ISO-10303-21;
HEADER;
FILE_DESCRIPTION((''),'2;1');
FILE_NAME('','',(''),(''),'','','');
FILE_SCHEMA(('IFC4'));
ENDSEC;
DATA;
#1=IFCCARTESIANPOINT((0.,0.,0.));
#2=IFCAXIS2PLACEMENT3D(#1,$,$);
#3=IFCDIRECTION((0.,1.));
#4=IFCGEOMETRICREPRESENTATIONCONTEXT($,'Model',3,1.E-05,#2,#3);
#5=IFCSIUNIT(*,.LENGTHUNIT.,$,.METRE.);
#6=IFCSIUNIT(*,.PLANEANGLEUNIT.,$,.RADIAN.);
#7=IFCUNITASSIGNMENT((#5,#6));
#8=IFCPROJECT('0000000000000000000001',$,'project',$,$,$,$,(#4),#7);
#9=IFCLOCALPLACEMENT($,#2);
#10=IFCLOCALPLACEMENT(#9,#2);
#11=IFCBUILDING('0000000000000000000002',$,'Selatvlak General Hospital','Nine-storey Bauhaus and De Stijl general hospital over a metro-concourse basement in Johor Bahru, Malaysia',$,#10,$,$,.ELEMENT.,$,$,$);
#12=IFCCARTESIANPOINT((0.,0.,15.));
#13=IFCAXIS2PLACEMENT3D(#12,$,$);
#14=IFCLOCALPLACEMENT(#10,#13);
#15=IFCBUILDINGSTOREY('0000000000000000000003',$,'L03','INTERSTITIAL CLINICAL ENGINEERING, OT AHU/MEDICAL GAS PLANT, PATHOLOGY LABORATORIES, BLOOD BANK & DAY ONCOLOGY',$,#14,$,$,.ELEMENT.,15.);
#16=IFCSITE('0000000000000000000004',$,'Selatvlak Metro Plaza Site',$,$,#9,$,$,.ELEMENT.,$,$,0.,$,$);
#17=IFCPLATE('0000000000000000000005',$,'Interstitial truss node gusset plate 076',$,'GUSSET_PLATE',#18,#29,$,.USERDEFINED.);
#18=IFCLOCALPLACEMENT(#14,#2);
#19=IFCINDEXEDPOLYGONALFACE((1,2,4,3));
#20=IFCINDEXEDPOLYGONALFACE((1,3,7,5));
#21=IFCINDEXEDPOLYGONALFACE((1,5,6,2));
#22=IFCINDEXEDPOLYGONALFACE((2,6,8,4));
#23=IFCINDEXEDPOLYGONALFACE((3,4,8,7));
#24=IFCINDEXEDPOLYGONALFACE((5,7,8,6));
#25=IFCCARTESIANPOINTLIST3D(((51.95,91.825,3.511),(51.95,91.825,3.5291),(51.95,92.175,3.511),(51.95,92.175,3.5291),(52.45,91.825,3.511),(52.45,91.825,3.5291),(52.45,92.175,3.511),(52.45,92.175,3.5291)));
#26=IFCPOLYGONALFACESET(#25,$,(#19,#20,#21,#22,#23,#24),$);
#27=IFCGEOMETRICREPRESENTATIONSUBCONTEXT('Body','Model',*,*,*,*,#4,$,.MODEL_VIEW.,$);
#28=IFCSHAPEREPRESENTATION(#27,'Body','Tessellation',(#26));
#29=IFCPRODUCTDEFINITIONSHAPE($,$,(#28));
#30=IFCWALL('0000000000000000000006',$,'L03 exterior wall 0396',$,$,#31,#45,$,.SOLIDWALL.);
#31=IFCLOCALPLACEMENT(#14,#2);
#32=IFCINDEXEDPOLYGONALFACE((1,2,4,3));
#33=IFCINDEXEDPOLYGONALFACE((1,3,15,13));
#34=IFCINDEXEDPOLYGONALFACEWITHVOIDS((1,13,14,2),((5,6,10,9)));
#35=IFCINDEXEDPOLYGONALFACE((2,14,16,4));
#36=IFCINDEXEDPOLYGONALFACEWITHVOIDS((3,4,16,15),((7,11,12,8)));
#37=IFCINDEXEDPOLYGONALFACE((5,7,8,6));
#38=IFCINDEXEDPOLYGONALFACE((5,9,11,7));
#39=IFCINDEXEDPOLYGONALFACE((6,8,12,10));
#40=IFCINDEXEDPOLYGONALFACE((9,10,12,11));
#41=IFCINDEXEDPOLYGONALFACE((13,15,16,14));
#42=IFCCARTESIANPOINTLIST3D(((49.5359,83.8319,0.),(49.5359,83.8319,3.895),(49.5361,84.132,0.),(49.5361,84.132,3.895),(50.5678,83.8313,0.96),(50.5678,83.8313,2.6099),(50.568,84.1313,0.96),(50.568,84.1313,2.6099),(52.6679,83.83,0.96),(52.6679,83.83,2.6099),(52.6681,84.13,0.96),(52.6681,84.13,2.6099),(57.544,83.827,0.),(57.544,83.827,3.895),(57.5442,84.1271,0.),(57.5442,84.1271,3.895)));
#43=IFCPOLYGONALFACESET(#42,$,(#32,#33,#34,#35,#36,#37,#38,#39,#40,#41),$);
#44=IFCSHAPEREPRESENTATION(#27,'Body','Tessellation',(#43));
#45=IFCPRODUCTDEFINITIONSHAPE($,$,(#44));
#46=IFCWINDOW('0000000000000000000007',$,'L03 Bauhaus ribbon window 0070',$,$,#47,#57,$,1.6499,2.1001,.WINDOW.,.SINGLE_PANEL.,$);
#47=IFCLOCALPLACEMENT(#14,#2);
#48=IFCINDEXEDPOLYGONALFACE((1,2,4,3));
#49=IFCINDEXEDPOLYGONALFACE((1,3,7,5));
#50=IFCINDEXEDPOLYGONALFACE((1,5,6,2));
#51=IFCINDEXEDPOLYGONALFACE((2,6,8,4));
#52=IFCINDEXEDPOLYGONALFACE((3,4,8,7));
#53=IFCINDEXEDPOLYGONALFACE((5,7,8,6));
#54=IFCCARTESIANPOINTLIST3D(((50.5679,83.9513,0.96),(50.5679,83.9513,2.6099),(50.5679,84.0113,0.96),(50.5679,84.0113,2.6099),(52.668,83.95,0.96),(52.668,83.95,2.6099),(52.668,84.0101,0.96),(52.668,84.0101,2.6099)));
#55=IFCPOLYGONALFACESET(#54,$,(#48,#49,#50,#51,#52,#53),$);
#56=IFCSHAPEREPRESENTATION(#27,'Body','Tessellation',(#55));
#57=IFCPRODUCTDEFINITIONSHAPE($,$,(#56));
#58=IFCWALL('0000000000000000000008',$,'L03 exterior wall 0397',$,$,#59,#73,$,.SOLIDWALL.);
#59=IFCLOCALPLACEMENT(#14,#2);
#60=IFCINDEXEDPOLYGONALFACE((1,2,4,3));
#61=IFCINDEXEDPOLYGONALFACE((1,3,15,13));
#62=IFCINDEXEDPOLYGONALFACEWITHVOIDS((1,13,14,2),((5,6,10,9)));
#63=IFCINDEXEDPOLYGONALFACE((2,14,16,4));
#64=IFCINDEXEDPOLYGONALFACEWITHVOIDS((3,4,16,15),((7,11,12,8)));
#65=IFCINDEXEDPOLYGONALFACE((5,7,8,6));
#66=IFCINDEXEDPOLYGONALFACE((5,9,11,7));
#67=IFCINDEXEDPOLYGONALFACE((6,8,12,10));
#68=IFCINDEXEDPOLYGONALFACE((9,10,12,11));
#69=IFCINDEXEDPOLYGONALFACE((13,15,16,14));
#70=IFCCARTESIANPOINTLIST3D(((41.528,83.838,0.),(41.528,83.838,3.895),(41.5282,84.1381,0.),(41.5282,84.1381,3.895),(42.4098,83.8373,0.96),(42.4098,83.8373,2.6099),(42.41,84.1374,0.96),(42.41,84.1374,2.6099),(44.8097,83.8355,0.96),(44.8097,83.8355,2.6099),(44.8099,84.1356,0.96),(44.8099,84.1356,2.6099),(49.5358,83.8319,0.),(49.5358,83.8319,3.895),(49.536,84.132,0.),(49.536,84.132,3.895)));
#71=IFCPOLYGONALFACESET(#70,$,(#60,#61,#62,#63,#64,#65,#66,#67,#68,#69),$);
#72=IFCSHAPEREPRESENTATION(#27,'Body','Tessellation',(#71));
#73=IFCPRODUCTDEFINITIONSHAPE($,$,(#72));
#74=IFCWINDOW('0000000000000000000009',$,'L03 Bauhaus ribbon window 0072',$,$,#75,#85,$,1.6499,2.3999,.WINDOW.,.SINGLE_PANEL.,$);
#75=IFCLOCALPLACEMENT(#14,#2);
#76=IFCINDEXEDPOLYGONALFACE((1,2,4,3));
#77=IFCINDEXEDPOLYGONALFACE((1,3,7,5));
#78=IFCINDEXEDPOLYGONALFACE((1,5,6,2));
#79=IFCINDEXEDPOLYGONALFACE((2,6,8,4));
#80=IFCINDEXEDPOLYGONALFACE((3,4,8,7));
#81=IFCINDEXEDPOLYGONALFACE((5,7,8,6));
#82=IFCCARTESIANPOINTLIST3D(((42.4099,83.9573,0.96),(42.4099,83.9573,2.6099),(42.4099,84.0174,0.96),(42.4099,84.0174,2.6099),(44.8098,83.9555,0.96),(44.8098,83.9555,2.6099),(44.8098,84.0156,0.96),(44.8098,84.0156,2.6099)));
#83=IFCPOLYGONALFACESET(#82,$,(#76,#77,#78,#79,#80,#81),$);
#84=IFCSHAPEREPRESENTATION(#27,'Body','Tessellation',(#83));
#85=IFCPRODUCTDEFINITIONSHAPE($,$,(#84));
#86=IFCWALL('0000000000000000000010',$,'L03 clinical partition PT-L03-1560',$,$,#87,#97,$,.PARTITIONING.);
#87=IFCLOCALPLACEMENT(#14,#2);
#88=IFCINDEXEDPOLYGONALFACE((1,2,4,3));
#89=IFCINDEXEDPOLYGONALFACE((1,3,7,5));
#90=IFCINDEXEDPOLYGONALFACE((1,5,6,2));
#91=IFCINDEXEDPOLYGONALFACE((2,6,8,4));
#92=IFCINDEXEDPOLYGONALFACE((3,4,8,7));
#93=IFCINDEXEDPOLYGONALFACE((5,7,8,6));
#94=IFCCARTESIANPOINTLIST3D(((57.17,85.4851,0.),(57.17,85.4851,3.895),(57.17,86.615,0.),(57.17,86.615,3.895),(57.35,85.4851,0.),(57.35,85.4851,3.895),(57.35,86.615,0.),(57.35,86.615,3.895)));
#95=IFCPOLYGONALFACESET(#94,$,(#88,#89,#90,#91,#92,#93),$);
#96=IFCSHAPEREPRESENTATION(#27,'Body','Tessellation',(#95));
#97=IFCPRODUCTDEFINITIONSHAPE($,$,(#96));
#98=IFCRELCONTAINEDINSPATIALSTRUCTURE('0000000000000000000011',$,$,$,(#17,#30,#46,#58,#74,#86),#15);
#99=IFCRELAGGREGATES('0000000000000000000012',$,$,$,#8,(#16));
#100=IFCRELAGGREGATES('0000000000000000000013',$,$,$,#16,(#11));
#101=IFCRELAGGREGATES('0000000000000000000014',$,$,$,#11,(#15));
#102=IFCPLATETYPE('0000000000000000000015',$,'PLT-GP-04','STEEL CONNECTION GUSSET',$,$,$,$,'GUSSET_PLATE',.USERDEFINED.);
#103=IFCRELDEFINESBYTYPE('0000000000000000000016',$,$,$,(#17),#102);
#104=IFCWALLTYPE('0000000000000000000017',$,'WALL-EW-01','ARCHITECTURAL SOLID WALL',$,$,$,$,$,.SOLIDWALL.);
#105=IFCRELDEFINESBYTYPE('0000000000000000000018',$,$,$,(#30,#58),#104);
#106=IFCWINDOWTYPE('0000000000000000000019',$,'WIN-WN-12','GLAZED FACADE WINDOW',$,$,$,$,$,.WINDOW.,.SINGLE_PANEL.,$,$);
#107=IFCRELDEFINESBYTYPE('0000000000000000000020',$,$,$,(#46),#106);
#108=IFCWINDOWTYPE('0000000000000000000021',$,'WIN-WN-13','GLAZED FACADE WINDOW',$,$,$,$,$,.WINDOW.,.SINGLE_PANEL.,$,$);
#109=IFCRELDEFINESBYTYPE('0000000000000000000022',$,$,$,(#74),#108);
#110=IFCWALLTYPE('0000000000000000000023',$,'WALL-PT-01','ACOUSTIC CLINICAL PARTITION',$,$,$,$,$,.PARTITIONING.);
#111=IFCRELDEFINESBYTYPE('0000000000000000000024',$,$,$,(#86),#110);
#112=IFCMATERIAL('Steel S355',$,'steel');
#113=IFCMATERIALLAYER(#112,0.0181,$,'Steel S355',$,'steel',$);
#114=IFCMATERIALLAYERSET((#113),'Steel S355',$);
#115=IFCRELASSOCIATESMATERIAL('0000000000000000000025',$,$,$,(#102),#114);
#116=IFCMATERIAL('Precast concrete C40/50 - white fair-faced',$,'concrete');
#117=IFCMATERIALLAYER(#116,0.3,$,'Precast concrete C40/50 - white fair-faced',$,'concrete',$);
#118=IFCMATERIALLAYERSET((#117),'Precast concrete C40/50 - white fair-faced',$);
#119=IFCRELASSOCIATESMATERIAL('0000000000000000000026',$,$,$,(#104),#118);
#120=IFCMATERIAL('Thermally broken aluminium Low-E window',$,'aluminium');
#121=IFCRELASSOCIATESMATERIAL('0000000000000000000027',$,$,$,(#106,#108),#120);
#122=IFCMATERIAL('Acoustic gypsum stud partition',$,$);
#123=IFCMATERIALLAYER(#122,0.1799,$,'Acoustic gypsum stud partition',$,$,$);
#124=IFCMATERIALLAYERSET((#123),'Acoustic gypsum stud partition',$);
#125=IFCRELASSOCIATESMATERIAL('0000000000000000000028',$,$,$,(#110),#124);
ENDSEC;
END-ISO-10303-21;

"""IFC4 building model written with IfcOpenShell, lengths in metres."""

from ifc_helpers import new_model, si_unit, direction, frame, frame_2d, origin, origin_2d, place, context, subcontext, project, spatial, rectangle, extrude, material, layer, layer_set, type_object, element, fill, save


model = new_model("IFC4")

# Units and contexts
model_context = context("Model", 3, precision=1e-05, world=origin(), true_north=direction((0.0, 1.0)))
body_context = subcontext(model_context, "Body", "Model", "MODEL_VIEW")
ifc_project = project(units=[si_unit("LENGTHUNIT", "METRE"), si_unit("PLANEANGLEUNIT", "RADIAN")], contexts=[model_context])

# Site, building, storey
site_placement = place(None, origin())
site = spatial("IfcSite", under=ifc_project, at=site_placement, Name="Selatvlak Metro Plaza Site", CompositionType="ELEMENT", RefElevation=0.0)
building_placement = place(site_placement, origin())
building = spatial("IfcBuilding", under=site, at=building_placement, Name="Selatvlak General Hospital", Description="Nine-storey Bauhaus and De Stijl general hospital over a metro-concourse basement in Johor Bahru, Malaysia", CompositionType="ELEMENT")
storey_placement = place(building_placement, frame((0.0, 0.0, 15.0)))
storey = spatial("IfcBuildingStorey", under=building, at=storey_placement, Name="L03", Description="INTERSTITIAL CLINICAL ENGINEERING, OT AHU/MEDICAL GAS PLANT, PATHOLOGY LABORATORIES, BLOOD BANK & DAY ONCOLOGY", CompositionType="ELEMENT", Elevation=15.0)

# Shared definitions
ifc_material_1 = material(Name="Steel S355", Category="steel")

# Plate
ifc_layer_1 = layer(ifc_material_1, 0.0181, Name="Steel S355", Category="steel")
ifc_layer_set_1 = layer_set([ifc_layer_1], Name="Steel S355")
plate_type_1 = type_object("IfcPlateType", Name="PLT-GP-04", Description="STEEL CONNECTION GUSSET", ElementType="GUSSET_PLATE", PredefinedType="USERDEFINED", material=ifc_layer_set_1)
plate_1_placement = place(storey_placement, frame((52.2, 92.0, 3.511), z_axis=(0.0, 0.0, 1.0), x_axis=(1.0, 0.0, 0.0)))
element("IfcPlate", 1, at=plate_1_placement, inside=storey, type_object=plate_type_1, Name="Interstitial truss node gusset plate 076", ObjectType="GUSSET_PLATE", PredefinedType="USERDEFINED", context=body_context, shape_type="SweptSolid", body=[
    extrude(rectangle(XDim=0.5, YDim=0.3501, at=origin_2d()), origin(), (0.0, 0.0, 1.0), 0.0181),
])

# Walls, openings, windows
ifc_material_2 = material(Name="Precast concrete C40/50 - white fair-faced", Category="concrete")
ifc_layer_2 = layer(ifc_material_2, 0.3, Name="Precast concrete C40/50 - white fair-faced", Category="concrete")
ifc_layer_set_2 = layer_set([ifc_layer_2], Name="Precast concrete C40/50 - white fair-faced")
wall_type_1 = type_object("IfcWallType", Name="WALL-EW-01", Description="ARCHITECTURAL SOLID WALL", PredefinedType="SOLIDWALL", material=ifc_layer_set_2)
wall_1_placement = place(storey_placement, frame((57.5439, 83.9771, 0.0), z_axis=(0.0, 0.0, 1.0), x_axis=(-1.0, 0.00061, 0.0)))
wall_1 = element("IfcWall", 2, at=wall_1_placement, inside=storey, type_object=wall_type_1, Name="L03 exterior wall 0396", PredefinedType="SOLIDWALL", context=body_context, shape_type="SweptSolid", body=[
    extrude(rectangle(XDim=8.0081, YDim=0.3, at=frame_2d((4.0039, 0.0))), origin(), (0.0, 0.0, 1.0), 3.895),
])
opening_1_placement = place(wall_1_placement, frame((4.876, 0.0, 0.96)))
opening_1 = element("IfcOpeningElement", 3, at=opening_1_placement, cuts=wall_1, PredefinedType="OPENING", context=body_context, shape_type="SweptSolid", body=[
    extrude(rectangle(XDim=2.1001, YDim=1.6499, at=frame_2d((1.05, 0.825))), frame((0.0, 0.1599, 0.0), z_axis=(0.0, -1.0, 0.0), x_axis=(1.0, 0.0, 0.0)), (0.0, 0.0, 1.0), 0.3201),
])
ifc_material_3 = material(Name="Thermally broken aluminium Low-E window", Category="aluminium")
window_type_1 = type_object("IfcWindowType", Name="WIN-WN-12", Description="GLAZED FACADE WINDOW", PartitioningType="SINGLE_PANEL", PredefinedType="WINDOW", material=ifc_material_3)
window_1_placement = place(opening_1_placement, origin())
window_1 = element("IfcWindow", 4, at=window_1_placement, inside=storey, type_object=window_type_1, Name="L03 Bauhaus ribbon window 0070", OverallHeight=1.6499, OverallWidth=2.1001, PartitioningType="SINGLE_PANEL", PredefinedType="WINDOW", context=body_context, shape_type="SweptSolid", body=[
    extrude(rectangle(XDim=2.1001, YDim=1.6499, at=frame_2d((1.05, 0.825))), frame((0.0, 0.03, 0.0), z_axis=(0.0, -1.0, 0.0), x_axis=(1.0, 0.0, 0.0)), (0.0, 0.0, 1.0), 0.0601),
])
fill(opening_1, window_1)
wall_2_placement = place(storey_placement, frame((49.5359, 83.9819, 0.0), z_axis=(0.0, 0.0, 1.0), x_axis=(-1.0, 0.000762, 0.0)))
wall_2 = element("IfcWall", 5, at=wall_2_placement, inside=storey, type_object=wall_type_1, Name="L03 exterior wall 0397", PredefinedType="SOLIDWALL", context=body_context, shape_type="SweptSolid", body=[
    extrude(rectangle(XDim=8.0078, YDim=0.3, at=frame_2d((4.0039, 0.0))), origin(), (0.0, 0.0, 1.0), 3.895),
])
opening_2_placement = place(wall_2_placement, frame((4.7261, 0.0, 0.96)))
opening_2 = element("IfcOpeningElement", 6, at=opening_2_placement, cuts=wall_2, PredefinedType="OPENING", context=body_context, shape_type="SweptSolid", body=[
    extrude(rectangle(XDim=2.3999, YDim=1.6499, at=frame_2d((1.2, 0.825))), frame((0.0, 0.1599, 0.0), z_axis=(0.0, -1.0, 0.0), x_axis=(1.0, 0.0, 0.0)), (0.0, 0.0, 1.0), 0.3201),
])
window_type_2 = type_object("IfcWindowType", Name="WIN-WN-13", Description="GLAZED FACADE WINDOW", PartitioningType="SINGLE_PANEL", PredefinedType="WINDOW", material=ifc_material_3)
window_2_placement = place(opening_2_placement, origin())
window_2 = element("IfcWindow", 7, at=window_2_placement, inside=storey, type_object=window_type_2, Name="L03 Bauhaus ribbon window 0072", OverallHeight=1.6499, OverallWidth=2.3999, PartitioningType="SINGLE_PANEL", PredefinedType="WINDOW", context=body_context, shape_type="SweptSolid", body=[
    extrude(rectangle(XDim=2.3999, YDim=1.6499, at=frame_2d((1.2, 0.825))), frame((0.0, 0.03, 0.0), z_axis=(0.0, -1.0, 0.0), x_axis=(1.0, 0.0, 0.0)), (0.0, 0.0, 1.0), 0.0601),
])
fill(opening_2, window_2)

# Wall
ifc_material_4 = material(Name="Acoustic gypsum stud partition")
ifc_layer_3 = layer(ifc_material_4, 0.1799, Name="Acoustic gypsum stud partition")
ifc_layer_set_3 = layer_set([ifc_layer_3], Name="Acoustic gypsum stud partition")
wall_type_2 = type_object("IfcWallType", Name="WALL-PT-01", Description="ACOUSTIC CLINICAL PARTITION", PredefinedType="PARTITIONING", material=ifc_layer_set_3)
wall_3_placement = place(storey_placement, frame((57.26, 85.4851, 0.0), z_axis=(0.0, 0.0, 1.0), x_axis=(0.0, 1.0, 0.0)))
element("IfcWall", 8, at=wall_3_placement, inside=storey, type_object=wall_type_2, Name="L03 clinical partition PT-L03-1560", PredefinedType="PARTITIONING", context=body_context, shape_type="SweptSolid", body=[
    extrude(rectangle(XDim=1.1299, YDim=0.1799, at=frame_2d((0.5649, 0.0))), origin(), (0.0, 0.0, 1.0), 3.895),
])

save(model, "model.ifc")
